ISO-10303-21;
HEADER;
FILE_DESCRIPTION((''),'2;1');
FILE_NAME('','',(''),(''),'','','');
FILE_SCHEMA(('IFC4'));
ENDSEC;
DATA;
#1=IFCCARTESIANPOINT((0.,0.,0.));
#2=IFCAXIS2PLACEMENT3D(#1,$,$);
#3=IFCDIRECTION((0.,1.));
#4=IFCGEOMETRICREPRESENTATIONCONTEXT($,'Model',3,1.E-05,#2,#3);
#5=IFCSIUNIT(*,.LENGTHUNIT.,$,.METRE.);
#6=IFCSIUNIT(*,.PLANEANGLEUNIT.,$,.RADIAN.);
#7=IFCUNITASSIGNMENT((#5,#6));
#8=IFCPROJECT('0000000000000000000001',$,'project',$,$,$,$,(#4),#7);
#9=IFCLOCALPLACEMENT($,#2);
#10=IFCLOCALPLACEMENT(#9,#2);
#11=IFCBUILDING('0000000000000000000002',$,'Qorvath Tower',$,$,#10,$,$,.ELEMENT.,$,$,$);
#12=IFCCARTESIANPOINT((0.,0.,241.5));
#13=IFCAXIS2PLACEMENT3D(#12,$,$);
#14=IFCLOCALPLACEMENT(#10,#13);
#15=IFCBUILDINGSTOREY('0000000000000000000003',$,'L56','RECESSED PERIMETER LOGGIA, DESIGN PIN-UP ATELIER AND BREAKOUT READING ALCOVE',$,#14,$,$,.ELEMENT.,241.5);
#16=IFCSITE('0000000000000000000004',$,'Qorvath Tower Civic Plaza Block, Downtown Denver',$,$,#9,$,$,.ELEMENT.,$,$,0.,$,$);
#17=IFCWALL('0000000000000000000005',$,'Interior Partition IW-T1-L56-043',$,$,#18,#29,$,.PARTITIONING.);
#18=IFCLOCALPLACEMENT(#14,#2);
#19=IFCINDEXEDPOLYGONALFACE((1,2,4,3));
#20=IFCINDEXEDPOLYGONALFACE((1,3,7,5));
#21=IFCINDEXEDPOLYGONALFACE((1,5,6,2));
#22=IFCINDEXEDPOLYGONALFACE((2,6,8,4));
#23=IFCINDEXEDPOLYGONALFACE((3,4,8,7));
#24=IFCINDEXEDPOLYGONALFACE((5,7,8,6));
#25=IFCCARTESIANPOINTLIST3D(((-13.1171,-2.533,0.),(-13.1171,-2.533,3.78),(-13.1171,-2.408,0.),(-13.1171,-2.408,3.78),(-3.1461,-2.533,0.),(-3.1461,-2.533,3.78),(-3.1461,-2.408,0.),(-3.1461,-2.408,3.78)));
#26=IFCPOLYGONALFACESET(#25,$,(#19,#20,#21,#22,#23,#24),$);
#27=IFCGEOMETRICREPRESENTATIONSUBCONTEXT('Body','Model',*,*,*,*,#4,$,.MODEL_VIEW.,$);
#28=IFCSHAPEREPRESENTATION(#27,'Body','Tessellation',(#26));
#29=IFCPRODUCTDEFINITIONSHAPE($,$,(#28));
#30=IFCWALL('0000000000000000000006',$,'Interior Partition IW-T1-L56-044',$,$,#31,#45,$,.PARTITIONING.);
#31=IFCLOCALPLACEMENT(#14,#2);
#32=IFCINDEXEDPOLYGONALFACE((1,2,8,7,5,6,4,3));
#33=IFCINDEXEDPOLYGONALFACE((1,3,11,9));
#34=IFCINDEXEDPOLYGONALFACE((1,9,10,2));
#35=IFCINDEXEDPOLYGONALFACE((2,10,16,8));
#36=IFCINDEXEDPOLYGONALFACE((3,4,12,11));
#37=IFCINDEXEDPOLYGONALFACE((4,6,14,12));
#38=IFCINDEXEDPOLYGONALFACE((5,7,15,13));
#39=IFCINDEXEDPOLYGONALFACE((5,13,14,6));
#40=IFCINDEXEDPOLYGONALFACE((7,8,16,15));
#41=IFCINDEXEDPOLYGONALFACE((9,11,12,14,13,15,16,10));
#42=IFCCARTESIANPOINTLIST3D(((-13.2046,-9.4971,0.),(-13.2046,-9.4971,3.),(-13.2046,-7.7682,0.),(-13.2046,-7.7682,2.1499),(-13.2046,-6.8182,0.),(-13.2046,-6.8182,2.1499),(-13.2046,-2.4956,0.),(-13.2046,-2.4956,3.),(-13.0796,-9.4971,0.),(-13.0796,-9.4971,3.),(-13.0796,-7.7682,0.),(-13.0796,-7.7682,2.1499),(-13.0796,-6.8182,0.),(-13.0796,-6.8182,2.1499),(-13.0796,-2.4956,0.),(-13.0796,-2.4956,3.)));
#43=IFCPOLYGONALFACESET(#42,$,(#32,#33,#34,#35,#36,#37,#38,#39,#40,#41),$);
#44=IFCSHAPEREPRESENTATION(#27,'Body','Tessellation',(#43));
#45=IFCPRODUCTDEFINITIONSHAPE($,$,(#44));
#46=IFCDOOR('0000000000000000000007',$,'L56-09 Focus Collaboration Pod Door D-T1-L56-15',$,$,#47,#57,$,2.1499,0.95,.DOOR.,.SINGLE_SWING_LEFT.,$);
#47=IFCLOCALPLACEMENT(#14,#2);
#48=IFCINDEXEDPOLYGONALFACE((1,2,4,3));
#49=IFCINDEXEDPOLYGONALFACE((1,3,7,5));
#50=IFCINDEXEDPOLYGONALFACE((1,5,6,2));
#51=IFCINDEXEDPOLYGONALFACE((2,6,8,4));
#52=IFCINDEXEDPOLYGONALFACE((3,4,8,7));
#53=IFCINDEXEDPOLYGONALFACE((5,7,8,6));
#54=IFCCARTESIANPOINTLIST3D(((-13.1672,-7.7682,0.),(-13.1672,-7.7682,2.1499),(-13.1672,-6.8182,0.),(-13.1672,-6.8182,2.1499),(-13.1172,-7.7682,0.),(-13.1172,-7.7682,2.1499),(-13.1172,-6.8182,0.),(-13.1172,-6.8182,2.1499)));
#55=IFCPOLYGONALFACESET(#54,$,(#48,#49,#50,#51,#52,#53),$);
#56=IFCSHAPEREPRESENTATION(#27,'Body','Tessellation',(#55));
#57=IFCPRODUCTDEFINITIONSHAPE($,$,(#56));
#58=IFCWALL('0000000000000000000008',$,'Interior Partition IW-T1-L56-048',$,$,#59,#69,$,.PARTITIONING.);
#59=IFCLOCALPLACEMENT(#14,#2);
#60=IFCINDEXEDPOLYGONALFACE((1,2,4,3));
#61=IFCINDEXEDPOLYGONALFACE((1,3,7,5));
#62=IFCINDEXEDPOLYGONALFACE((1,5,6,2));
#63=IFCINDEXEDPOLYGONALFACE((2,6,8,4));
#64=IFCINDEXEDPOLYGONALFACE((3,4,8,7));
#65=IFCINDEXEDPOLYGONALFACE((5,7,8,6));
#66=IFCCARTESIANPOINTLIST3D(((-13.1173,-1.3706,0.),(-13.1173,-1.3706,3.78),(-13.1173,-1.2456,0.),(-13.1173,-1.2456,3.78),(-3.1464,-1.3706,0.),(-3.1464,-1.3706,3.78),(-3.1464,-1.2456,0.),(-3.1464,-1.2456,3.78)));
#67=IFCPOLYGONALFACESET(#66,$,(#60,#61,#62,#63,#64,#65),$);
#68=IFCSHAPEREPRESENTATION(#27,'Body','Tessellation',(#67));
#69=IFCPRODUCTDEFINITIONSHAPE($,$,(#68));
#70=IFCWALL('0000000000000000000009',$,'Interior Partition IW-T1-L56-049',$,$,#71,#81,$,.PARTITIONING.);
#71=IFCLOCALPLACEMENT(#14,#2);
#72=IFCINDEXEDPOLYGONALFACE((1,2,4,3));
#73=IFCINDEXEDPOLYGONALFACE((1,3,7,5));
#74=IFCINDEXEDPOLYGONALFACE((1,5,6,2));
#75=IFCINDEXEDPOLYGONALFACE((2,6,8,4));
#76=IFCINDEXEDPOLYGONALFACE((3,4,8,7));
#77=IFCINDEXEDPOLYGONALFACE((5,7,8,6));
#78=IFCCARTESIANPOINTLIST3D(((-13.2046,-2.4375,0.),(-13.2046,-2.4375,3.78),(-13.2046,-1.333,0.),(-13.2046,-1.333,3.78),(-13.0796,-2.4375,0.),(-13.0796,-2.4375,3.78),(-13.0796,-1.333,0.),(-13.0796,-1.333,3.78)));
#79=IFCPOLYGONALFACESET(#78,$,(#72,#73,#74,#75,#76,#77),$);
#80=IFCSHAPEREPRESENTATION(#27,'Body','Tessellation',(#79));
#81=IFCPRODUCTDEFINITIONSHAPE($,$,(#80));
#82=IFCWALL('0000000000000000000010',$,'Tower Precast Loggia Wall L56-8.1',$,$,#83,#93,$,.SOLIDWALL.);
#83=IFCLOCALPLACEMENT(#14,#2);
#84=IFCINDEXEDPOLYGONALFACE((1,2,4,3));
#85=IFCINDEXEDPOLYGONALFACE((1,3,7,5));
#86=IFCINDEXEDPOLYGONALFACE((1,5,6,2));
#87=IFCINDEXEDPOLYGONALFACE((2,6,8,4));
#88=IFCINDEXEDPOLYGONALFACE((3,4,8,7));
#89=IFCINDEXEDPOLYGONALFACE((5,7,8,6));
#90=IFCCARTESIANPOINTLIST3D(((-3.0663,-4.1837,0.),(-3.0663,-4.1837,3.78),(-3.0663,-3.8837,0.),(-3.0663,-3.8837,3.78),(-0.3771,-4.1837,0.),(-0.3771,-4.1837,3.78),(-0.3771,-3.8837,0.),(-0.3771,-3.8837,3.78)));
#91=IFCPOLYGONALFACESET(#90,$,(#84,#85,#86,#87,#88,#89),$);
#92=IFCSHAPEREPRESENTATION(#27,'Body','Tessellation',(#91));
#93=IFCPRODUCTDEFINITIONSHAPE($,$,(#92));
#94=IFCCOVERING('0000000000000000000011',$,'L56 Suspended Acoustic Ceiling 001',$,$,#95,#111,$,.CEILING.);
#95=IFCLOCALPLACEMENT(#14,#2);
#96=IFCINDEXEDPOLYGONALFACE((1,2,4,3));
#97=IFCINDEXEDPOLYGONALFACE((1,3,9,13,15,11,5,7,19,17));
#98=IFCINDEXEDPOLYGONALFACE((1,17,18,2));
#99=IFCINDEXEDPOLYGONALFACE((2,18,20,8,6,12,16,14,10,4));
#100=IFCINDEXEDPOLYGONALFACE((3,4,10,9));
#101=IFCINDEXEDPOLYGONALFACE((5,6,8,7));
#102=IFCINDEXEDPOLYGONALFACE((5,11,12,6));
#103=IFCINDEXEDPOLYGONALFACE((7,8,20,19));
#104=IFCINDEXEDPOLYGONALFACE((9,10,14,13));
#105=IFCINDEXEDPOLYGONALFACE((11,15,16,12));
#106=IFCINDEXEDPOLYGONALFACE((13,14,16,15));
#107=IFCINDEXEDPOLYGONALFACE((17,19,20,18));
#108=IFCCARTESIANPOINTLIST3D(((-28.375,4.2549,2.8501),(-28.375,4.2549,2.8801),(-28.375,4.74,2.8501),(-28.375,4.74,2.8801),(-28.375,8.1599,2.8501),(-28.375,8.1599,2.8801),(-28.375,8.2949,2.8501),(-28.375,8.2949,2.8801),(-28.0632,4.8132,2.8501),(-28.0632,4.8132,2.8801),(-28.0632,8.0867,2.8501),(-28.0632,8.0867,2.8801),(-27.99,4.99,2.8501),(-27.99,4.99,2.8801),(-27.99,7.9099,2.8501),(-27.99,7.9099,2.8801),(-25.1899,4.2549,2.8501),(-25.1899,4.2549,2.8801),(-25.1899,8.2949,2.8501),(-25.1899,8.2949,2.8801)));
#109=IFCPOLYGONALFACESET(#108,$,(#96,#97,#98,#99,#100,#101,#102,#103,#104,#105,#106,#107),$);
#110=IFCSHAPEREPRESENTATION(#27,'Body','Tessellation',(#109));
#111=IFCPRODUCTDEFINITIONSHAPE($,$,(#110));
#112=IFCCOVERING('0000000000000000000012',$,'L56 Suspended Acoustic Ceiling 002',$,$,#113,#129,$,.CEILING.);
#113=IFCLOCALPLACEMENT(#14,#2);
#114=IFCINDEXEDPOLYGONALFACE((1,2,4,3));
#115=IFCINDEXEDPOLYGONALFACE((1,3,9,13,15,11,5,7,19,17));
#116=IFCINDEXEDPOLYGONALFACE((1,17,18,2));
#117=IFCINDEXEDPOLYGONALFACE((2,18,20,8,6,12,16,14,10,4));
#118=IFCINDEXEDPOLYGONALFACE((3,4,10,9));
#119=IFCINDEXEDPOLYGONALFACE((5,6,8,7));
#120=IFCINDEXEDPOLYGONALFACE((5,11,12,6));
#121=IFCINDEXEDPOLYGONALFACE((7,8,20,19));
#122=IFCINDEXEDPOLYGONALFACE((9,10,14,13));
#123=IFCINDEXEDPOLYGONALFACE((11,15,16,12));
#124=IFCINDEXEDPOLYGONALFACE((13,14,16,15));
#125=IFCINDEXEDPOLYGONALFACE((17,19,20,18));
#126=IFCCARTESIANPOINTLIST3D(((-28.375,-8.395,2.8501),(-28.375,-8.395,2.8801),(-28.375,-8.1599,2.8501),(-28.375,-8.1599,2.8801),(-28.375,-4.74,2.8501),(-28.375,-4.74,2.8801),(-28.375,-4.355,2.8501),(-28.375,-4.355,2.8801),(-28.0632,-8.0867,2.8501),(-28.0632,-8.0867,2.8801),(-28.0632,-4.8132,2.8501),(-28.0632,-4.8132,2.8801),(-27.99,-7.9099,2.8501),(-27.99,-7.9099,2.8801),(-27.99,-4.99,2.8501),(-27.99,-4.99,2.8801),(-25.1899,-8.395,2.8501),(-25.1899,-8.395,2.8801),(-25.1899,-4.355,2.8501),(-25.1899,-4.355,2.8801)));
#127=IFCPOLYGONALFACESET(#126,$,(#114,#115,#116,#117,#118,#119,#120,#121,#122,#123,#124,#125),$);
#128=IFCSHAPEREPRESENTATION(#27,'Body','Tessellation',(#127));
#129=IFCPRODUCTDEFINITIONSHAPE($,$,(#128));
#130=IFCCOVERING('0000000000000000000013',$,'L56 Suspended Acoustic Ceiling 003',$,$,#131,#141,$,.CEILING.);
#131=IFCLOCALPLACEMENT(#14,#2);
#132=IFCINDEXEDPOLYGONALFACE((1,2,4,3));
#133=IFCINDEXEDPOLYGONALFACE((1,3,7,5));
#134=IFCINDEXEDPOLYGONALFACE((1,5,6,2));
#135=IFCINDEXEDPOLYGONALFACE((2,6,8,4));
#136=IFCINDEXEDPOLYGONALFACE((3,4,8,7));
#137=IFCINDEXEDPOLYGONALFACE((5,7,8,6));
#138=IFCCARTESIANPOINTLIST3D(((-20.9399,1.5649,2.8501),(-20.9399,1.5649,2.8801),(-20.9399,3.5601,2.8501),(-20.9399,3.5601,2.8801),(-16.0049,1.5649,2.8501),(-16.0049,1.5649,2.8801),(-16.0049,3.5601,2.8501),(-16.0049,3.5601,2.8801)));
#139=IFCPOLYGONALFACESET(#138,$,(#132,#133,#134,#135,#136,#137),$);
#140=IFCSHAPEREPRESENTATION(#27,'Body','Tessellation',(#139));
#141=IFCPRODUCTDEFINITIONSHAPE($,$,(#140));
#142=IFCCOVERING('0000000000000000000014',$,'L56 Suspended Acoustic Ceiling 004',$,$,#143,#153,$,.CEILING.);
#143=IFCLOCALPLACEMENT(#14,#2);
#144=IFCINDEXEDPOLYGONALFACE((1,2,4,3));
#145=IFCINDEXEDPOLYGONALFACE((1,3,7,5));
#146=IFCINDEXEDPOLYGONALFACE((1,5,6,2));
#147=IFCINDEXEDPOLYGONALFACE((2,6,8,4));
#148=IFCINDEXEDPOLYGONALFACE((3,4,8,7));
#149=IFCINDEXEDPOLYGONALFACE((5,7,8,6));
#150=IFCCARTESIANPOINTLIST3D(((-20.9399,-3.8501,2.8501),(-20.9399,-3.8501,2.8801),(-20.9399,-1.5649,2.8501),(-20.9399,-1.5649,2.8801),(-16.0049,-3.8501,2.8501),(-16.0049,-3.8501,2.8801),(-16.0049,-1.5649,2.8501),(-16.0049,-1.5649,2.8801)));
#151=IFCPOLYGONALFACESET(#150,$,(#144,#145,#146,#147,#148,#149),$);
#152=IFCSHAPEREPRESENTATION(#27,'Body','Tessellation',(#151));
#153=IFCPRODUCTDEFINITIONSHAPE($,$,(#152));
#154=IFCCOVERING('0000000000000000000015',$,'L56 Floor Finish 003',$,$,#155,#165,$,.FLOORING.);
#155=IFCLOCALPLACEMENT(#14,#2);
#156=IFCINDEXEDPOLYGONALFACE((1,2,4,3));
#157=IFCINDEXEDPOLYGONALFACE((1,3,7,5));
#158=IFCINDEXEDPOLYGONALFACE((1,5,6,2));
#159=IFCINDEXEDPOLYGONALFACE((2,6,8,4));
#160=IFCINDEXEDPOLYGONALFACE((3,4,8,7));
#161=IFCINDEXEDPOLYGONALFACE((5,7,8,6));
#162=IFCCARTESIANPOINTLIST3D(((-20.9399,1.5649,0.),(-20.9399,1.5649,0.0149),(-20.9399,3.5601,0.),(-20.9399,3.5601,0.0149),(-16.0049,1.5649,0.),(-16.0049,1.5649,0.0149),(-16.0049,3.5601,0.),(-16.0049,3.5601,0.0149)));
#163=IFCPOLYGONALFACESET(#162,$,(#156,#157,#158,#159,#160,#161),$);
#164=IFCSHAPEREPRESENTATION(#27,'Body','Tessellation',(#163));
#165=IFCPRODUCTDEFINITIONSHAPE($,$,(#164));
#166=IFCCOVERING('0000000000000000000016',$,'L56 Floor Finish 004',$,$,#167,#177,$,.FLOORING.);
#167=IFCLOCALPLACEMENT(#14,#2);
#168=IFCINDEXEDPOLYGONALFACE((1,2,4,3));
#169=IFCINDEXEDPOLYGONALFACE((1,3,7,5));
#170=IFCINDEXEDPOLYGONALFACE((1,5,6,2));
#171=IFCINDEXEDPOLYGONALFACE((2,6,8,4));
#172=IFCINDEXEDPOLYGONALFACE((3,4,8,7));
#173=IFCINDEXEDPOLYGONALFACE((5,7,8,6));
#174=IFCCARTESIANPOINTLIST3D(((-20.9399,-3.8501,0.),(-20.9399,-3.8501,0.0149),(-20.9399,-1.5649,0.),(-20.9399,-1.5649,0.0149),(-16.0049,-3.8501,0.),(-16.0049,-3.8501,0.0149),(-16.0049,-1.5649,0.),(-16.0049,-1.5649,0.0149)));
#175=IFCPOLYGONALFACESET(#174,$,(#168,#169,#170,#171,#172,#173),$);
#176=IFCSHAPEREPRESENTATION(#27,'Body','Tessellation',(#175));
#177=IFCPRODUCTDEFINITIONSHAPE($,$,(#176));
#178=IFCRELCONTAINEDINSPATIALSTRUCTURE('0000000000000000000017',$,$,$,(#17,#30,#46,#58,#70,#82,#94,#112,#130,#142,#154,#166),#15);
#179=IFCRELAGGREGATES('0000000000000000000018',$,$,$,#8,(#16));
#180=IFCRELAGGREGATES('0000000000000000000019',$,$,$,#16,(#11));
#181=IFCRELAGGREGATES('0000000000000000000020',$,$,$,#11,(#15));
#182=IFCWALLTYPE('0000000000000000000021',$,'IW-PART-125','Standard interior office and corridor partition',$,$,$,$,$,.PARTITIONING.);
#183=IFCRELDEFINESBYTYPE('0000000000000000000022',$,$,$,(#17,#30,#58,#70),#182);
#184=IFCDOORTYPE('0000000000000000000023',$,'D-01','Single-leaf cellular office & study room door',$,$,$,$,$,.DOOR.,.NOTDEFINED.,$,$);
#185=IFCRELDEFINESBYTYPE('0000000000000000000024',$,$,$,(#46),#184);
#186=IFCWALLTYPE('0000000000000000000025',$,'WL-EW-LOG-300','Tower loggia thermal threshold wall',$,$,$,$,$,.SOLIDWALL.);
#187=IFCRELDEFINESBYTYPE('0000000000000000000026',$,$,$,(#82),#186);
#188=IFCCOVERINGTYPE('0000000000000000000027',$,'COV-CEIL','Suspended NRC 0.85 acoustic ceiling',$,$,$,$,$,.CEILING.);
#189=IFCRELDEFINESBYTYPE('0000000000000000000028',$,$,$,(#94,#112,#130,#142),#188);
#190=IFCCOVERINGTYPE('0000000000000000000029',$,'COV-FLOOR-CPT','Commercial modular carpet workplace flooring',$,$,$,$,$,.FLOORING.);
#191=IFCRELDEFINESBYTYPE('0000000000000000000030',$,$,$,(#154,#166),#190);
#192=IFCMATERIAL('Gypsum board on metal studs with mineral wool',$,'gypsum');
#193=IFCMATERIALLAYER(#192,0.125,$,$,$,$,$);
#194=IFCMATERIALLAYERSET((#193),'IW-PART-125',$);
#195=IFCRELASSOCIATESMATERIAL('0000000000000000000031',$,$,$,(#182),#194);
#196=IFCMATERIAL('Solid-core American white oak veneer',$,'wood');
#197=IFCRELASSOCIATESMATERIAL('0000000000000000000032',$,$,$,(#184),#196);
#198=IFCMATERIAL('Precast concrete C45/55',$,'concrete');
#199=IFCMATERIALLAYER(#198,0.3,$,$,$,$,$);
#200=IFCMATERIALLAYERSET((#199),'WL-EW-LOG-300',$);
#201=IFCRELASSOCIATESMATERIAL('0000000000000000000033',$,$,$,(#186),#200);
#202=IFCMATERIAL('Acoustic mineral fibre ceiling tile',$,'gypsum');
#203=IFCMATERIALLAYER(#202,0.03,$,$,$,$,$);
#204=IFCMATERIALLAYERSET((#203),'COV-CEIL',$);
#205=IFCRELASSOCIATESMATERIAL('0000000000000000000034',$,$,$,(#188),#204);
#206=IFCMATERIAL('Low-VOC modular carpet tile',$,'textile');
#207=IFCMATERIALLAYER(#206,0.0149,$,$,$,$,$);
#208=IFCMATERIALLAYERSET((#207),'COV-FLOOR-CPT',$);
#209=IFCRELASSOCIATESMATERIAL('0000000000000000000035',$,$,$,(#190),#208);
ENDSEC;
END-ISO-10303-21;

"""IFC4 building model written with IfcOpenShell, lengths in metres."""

from ifc_helpers import new_model, si_unit, direction, frame, frame_2d, origin, place, context, subcontext, project, spatial, polyline, rectangle, outline, extrude, material, layer, layer_set, type_object, element, fill, save


model = new_model("IFC4")

# Units and contexts
model_context = context("Model", 3, precision=1e-05, world=origin(), true_north=direction((0.0, 1.0)))
body_context = subcontext(model_context, "Body", "Model", "MODEL_VIEW")
ifc_project = project(units=[si_unit("LENGTHUNIT", "METRE"), si_unit("PLANEANGLEUNIT", "RADIAN")], contexts=[model_context])

# Site, building, storey
site_placement = place(None, origin())
site = spatial("IfcSite", under=ifc_project, at=site_placement, Name="Qorvath Tower Civic Plaza Block, Downtown Denver", CompositionType="ELEMENT", RefElevation=0.0)
building_placement = place(site_placement, origin())
building = spatial("IfcBuilding", under=site, at=building_placement, Name="Qorvath Tower", CompositionType="ELEMENT")
storey_placement = place(building_placement, frame((0.0, 0.0, 241.5)))
storey = spatial("IfcBuildingStorey", under=building, at=storey_placement, Name="L56", Description="RECESSED PERIMETER LOGGIA, DESIGN PIN-UP ATELIER AND BREAKOUT READING ALCOVE", CompositionType="ELEMENT", Elevation=241.5)

# Shared definitions
ifc_material_1 = material(Name="Gypsum board on metal studs with mineral wool", Category="gypsum")
ifc_layer_1 = layer(ifc_material_1, 0.125)
ifc_layer_set_1 = layer_set([ifc_layer_1], Name="IW-PART-125")
wall_type_1 = type_object("IfcWallType", Name="IW-PART-125", Description="Standard interior office and corridor partition", PredefinedType="PARTITIONING", material=ifc_layer_set_1)

# Shared definitions
ifc_material_2 = material(Name="Solid-core American white oak veneer", Category="wood")
door_type = type_object("IfcDoorType", Name="D-01", Description="Single-leaf cellular office & study room door", OperationType="NOTDEFINED", PredefinedType="DOOR", material=ifc_material_2)

# Wall
wall_1_placement = place(storey_placement, frame((-3.1462, -2.4705, 0.0), z_axis=(0.0, 0.0, 1.0), x_axis=(-1.0, 0.0, 0.0)))
element("IfcWall", 1, at=wall_1_placement, inside=storey, type_object=wall_type_1, Name="Interior Partition IW-T1-L56-043", PredefinedType="PARTITIONING", context=body_context, shape_type="SweptSolid", body=[
    extrude(rectangle(XDim=9.9709, YDim=0.125, at=frame_2d((4.9854, 0.0))), origin(), (0.0, 0.0, 1.0), 3.78),
])

# Wall, opening, door
wall_2_placement = place(storey_placement, frame((-13.1421, -2.4956, 0.0), z_axis=(0.0, 0.0, 1.0), x_axis=(0.0, -1.0, 0.0)))
wall_2 = element("IfcWall", 2, at=wall_2_placement, inside=storey, type_object=wall_type_1, Name="Interior Partition IW-T1-L56-044", PredefinedType="PARTITIONING", context=body_context, shape_type="SweptSolid", body=[
    extrude(rectangle(XDim=7.0015, YDim=0.125, at=frame_2d((3.5007, 0.0))), origin(), (0.0, 0.0, 1.0), 3.0),
])
opening_1_placement = place(wall_2_placement, frame((4.3225, 0.0, 0.0)))
opening_1 = element("IfcOpeningElement", 3, at=opening_1_placement, cuts=wall_2, PredefinedType="OPENING", context=body_context, shape_type="SweptSolid", body=[
    extrude(rectangle(XDim=0.95, YDim=2.1499, at=frame_2d((0.4751, 1.075))), frame((0.0, 0.0725, 0.0), z_axis=(0.0, -1.0, 0.0), x_axis=(1.0, 0.0, 0.0)), (0.0, 0.0, 1.0), 0.145),
])
door_1_placement = place(opening_1_placement, origin())
door_1 = element("IfcDoor", 4, at=door_1_placement, inside=storey, type_object=door_type, Name="L56-09 Focus Collaboration Pod Door D-T1-L56-15", OperationType="SINGLE_SWING_LEFT", OverallHeight=2.1499, OverallWidth=0.95, PredefinedType="DOOR", context=body_context, shape_type="SweptSolid", body=[
    extrude(rectangle(XDim=0.95, YDim=2.1499, at=frame_2d((0.4751, 1.075))), frame((0.0, 0.0249, 0.0), z_axis=(0.0, -1.0, 0.0), x_axis=(1.0, 0.0, 0.0)), (0.0, 0.0, 1.0), 0.05),
])
fill(opening_1, door_1)

# Walls
wall_3_placement = place(storey_placement, frame((-13.1172, -1.3081, 0.0), z_axis=(0.0, 0.0, 1.0), x_axis=(1.0, 0.0, 0.0)))
element("IfcWall", 5, at=wall_3_placement, inside=storey, type_object=wall_type_1, Name="Interior Partition IW-T1-L56-048", PredefinedType="PARTITIONING", context=body_context, shape_type="SweptSolid", body=[
    extrude(rectangle(XDim=9.9709, YDim=0.125, at=frame_2d((4.9854, 0.0))), origin(), (0.0, 0.0, 1.0), 3.78),
])
wall_4_placement = place(storey_placement, frame((-13.1421, -1.333, 0.0), z_axis=(0.0, 0.0, 1.0), x_axis=(0.0, -1.0, 0.0)))
element("IfcWall", 6, at=wall_4_placement, inside=storey, type_object=wall_type_1, Name="Interior Partition IW-T1-L56-049", PredefinedType="PARTITIONING", context=body_context, shape_type="SweptSolid", body=[
    extrude(rectangle(XDim=1.1045, YDim=0.125, at=frame_2d((0.5522, 0.0))), origin(), (0.0, 0.0, 1.0), 3.78),
])
ifc_material_3 = material(Name="Precast concrete C45/55", Category="concrete")
ifc_layer_2 = layer(ifc_material_3, 0.3)
ifc_layer_set_2 = layer_set([ifc_layer_2], Name="WL-EW-LOG-300")
wall_type_2 = type_object("IfcWallType", Name="WL-EW-LOG-300", Description="Tower loggia thermal threshold wall", PredefinedType="SOLIDWALL", material=ifc_layer_set_2)
wall_5_placement = place(storey_placement, frame((-0.377, -4.0337, 0.0), z_axis=(0.0, 0.0, 1.0), x_axis=(-1.0, 0.0, 0.0)))
element("IfcWall", 7, at=wall_5_placement, inside=storey, type_object=wall_type_2, Name="Tower Precast Loggia Wall L56-8.1", PredefinedType="SOLIDWALL", context=body_context, shape_type="SweptSolid", body=[
    extrude(rectangle(XDim=2.6892, YDim=0.3, at=frame_2d((1.3447, 0.0))), origin(), (0.0, 0.0, 1.0), 3.78),
])

# Coverings
ifc_material_4 = material(Name="Acoustic mineral fibre ceiling tile", Category="gypsum")
ifc_layer_3 = layer(ifc_material_4, 0.03)
ifc_layer_set_3 = layer_set([ifc_layer_3], Name="COV-CEIL")
covering_type_1 = type_object("IfcCoveringType", Name="COV-CEIL", Description="Suspended NRC 0.85 acoustic ceiling", PredefinedType="CEILING", material=ifc_layer_set_3)
covering_1_placement = place(storey_placement, frame((0.0, 0.0, 2.8501)))
element("IfcCovering", 8, at=covering_1_placement, inside=storey, type_object=covering_type_1, Name="L56 Suspended Acoustic Ceiling 001", PredefinedType="CEILING", context=body_context, shape_type="SweptSolid", body=[
    extrude(outline(polyline([(-25.1899, 4.2549), (-25.1899, 8.2949), (-28.375, 8.2949), (-28.375, 8.1599), (-28.0632, 8.0867), (-27.99, 7.9099), (-27.99, 4.99), (-28.0632, 4.8132), (-28.375, 4.74), (-28.375, 4.2549), (-25.1899, 4.2549)])), origin(), (0.0, 0.0, 1.0), 0.03),
])
covering_2_placement = place(storey_placement, frame((0.0, 0.0, 2.8501)))
element("IfcCovering", 9, at=covering_2_placement, inside=storey, type_object=covering_type_1, Name="L56 Suspended Acoustic Ceiling 002", PredefinedType="CEILING", context=body_context, shape_type="SweptSolid", body=[
    extrude(outline(polyline([(-25.1899, -8.395), (-25.1899, -4.355), (-28.375, -4.355), (-28.375, -4.74), (-28.0632, -4.8132), (-27.99, -4.99), (-27.99, -7.9099), (-28.0632, -8.0867), (-28.375, -8.1599), (-28.375, -8.395), (-25.1899, -8.395)])), origin(), (0.0, 0.0, 1.0), 0.03),
])
covering_3_placement = place(storey_placement, frame((0.0, 0.0, 2.8501)))
element("IfcCovering", 10, at=covering_3_placement, inside=storey, type_object=covering_type_1, Name="L56 Suspended Acoustic Ceiling 003", PredefinedType="CEILING", context=body_context, shape_type="SweptSolid", body=[
    extrude(outline(polyline([(-16.0049, 3.5601), (-20.9399, 3.5601), (-20.9399, 1.5649), (-16.0049, 1.5649), (-16.0049, 3.5601)])), origin(), (0.0, 0.0, 1.0), 0.03),
])
covering_4_placement = place(storey_placement, frame((0.0, 0.0, 2.8501)))
element("IfcCovering", 11, at=covering_4_placement, inside=storey, type_object=covering_type_1, Name="L56 Suspended Acoustic Ceiling 004", PredefinedType="CEILING", context=body_context, shape_type="SweptSolid", body=[
    extrude(outline(polyline([(-20.9399, -1.5649), (-20.9399, -3.8501), (-16.0049, -3.8501), (-16.0049, -1.5649), (-20.9399, -1.5649)])), origin(), (0.0, 0.0, 1.0), 0.03),
])
ifc_material_5 = material(Name="Low-VOC modular carpet tile", Category="textile")
ifc_layer_4 = layer(ifc_material_5, 0.0149)
ifc_layer_set_4 = layer_set([ifc_layer_4], Name="COV-FLOOR-CPT")
covering_type_2 = type_object("IfcCoveringType", Name="COV-FLOOR-CPT", Description="Commercial modular carpet workplace flooring", PredefinedType="FLOORING", material=ifc_layer_set_4)
covering_5_placement = place(storey_placement, origin())
element("IfcCovering", 12, at=covering_5_placement, inside=storey, type_object=covering_type_2, Name="L56 Floor Finish 003", PredefinedType="FLOORING", context=body_context, shape_type="SweptSolid", body=[
    extrude(outline(polyline([(-16.0049, 3.5601), (-20.9399, 3.5601), (-20.9399, 1.5649), (-16.0049, 1.5649), (-16.0049, 3.5601)])), origin(), (0.0, 0.0, 1.0), 0.0149),
])
covering_6_placement = place(storey_placement, origin())
element("IfcCovering", 13, at=covering_6_placement, inside=storey, type_object=covering_type_2, Name="L56 Floor Finish 004", PredefinedType="FLOORING", context=body_context, shape_type="SweptSolid", body=[
    extrude(outline(polyline([(-20.9399, -1.5649), (-20.9399, -3.8501), (-16.0049, -3.8501), (-16.0049, -1.5649), (-20.9399, -1.5649)])), origin(), (0.0, 0.0, 1.0), 0.0149),
])

save(model, "model.ifc")
